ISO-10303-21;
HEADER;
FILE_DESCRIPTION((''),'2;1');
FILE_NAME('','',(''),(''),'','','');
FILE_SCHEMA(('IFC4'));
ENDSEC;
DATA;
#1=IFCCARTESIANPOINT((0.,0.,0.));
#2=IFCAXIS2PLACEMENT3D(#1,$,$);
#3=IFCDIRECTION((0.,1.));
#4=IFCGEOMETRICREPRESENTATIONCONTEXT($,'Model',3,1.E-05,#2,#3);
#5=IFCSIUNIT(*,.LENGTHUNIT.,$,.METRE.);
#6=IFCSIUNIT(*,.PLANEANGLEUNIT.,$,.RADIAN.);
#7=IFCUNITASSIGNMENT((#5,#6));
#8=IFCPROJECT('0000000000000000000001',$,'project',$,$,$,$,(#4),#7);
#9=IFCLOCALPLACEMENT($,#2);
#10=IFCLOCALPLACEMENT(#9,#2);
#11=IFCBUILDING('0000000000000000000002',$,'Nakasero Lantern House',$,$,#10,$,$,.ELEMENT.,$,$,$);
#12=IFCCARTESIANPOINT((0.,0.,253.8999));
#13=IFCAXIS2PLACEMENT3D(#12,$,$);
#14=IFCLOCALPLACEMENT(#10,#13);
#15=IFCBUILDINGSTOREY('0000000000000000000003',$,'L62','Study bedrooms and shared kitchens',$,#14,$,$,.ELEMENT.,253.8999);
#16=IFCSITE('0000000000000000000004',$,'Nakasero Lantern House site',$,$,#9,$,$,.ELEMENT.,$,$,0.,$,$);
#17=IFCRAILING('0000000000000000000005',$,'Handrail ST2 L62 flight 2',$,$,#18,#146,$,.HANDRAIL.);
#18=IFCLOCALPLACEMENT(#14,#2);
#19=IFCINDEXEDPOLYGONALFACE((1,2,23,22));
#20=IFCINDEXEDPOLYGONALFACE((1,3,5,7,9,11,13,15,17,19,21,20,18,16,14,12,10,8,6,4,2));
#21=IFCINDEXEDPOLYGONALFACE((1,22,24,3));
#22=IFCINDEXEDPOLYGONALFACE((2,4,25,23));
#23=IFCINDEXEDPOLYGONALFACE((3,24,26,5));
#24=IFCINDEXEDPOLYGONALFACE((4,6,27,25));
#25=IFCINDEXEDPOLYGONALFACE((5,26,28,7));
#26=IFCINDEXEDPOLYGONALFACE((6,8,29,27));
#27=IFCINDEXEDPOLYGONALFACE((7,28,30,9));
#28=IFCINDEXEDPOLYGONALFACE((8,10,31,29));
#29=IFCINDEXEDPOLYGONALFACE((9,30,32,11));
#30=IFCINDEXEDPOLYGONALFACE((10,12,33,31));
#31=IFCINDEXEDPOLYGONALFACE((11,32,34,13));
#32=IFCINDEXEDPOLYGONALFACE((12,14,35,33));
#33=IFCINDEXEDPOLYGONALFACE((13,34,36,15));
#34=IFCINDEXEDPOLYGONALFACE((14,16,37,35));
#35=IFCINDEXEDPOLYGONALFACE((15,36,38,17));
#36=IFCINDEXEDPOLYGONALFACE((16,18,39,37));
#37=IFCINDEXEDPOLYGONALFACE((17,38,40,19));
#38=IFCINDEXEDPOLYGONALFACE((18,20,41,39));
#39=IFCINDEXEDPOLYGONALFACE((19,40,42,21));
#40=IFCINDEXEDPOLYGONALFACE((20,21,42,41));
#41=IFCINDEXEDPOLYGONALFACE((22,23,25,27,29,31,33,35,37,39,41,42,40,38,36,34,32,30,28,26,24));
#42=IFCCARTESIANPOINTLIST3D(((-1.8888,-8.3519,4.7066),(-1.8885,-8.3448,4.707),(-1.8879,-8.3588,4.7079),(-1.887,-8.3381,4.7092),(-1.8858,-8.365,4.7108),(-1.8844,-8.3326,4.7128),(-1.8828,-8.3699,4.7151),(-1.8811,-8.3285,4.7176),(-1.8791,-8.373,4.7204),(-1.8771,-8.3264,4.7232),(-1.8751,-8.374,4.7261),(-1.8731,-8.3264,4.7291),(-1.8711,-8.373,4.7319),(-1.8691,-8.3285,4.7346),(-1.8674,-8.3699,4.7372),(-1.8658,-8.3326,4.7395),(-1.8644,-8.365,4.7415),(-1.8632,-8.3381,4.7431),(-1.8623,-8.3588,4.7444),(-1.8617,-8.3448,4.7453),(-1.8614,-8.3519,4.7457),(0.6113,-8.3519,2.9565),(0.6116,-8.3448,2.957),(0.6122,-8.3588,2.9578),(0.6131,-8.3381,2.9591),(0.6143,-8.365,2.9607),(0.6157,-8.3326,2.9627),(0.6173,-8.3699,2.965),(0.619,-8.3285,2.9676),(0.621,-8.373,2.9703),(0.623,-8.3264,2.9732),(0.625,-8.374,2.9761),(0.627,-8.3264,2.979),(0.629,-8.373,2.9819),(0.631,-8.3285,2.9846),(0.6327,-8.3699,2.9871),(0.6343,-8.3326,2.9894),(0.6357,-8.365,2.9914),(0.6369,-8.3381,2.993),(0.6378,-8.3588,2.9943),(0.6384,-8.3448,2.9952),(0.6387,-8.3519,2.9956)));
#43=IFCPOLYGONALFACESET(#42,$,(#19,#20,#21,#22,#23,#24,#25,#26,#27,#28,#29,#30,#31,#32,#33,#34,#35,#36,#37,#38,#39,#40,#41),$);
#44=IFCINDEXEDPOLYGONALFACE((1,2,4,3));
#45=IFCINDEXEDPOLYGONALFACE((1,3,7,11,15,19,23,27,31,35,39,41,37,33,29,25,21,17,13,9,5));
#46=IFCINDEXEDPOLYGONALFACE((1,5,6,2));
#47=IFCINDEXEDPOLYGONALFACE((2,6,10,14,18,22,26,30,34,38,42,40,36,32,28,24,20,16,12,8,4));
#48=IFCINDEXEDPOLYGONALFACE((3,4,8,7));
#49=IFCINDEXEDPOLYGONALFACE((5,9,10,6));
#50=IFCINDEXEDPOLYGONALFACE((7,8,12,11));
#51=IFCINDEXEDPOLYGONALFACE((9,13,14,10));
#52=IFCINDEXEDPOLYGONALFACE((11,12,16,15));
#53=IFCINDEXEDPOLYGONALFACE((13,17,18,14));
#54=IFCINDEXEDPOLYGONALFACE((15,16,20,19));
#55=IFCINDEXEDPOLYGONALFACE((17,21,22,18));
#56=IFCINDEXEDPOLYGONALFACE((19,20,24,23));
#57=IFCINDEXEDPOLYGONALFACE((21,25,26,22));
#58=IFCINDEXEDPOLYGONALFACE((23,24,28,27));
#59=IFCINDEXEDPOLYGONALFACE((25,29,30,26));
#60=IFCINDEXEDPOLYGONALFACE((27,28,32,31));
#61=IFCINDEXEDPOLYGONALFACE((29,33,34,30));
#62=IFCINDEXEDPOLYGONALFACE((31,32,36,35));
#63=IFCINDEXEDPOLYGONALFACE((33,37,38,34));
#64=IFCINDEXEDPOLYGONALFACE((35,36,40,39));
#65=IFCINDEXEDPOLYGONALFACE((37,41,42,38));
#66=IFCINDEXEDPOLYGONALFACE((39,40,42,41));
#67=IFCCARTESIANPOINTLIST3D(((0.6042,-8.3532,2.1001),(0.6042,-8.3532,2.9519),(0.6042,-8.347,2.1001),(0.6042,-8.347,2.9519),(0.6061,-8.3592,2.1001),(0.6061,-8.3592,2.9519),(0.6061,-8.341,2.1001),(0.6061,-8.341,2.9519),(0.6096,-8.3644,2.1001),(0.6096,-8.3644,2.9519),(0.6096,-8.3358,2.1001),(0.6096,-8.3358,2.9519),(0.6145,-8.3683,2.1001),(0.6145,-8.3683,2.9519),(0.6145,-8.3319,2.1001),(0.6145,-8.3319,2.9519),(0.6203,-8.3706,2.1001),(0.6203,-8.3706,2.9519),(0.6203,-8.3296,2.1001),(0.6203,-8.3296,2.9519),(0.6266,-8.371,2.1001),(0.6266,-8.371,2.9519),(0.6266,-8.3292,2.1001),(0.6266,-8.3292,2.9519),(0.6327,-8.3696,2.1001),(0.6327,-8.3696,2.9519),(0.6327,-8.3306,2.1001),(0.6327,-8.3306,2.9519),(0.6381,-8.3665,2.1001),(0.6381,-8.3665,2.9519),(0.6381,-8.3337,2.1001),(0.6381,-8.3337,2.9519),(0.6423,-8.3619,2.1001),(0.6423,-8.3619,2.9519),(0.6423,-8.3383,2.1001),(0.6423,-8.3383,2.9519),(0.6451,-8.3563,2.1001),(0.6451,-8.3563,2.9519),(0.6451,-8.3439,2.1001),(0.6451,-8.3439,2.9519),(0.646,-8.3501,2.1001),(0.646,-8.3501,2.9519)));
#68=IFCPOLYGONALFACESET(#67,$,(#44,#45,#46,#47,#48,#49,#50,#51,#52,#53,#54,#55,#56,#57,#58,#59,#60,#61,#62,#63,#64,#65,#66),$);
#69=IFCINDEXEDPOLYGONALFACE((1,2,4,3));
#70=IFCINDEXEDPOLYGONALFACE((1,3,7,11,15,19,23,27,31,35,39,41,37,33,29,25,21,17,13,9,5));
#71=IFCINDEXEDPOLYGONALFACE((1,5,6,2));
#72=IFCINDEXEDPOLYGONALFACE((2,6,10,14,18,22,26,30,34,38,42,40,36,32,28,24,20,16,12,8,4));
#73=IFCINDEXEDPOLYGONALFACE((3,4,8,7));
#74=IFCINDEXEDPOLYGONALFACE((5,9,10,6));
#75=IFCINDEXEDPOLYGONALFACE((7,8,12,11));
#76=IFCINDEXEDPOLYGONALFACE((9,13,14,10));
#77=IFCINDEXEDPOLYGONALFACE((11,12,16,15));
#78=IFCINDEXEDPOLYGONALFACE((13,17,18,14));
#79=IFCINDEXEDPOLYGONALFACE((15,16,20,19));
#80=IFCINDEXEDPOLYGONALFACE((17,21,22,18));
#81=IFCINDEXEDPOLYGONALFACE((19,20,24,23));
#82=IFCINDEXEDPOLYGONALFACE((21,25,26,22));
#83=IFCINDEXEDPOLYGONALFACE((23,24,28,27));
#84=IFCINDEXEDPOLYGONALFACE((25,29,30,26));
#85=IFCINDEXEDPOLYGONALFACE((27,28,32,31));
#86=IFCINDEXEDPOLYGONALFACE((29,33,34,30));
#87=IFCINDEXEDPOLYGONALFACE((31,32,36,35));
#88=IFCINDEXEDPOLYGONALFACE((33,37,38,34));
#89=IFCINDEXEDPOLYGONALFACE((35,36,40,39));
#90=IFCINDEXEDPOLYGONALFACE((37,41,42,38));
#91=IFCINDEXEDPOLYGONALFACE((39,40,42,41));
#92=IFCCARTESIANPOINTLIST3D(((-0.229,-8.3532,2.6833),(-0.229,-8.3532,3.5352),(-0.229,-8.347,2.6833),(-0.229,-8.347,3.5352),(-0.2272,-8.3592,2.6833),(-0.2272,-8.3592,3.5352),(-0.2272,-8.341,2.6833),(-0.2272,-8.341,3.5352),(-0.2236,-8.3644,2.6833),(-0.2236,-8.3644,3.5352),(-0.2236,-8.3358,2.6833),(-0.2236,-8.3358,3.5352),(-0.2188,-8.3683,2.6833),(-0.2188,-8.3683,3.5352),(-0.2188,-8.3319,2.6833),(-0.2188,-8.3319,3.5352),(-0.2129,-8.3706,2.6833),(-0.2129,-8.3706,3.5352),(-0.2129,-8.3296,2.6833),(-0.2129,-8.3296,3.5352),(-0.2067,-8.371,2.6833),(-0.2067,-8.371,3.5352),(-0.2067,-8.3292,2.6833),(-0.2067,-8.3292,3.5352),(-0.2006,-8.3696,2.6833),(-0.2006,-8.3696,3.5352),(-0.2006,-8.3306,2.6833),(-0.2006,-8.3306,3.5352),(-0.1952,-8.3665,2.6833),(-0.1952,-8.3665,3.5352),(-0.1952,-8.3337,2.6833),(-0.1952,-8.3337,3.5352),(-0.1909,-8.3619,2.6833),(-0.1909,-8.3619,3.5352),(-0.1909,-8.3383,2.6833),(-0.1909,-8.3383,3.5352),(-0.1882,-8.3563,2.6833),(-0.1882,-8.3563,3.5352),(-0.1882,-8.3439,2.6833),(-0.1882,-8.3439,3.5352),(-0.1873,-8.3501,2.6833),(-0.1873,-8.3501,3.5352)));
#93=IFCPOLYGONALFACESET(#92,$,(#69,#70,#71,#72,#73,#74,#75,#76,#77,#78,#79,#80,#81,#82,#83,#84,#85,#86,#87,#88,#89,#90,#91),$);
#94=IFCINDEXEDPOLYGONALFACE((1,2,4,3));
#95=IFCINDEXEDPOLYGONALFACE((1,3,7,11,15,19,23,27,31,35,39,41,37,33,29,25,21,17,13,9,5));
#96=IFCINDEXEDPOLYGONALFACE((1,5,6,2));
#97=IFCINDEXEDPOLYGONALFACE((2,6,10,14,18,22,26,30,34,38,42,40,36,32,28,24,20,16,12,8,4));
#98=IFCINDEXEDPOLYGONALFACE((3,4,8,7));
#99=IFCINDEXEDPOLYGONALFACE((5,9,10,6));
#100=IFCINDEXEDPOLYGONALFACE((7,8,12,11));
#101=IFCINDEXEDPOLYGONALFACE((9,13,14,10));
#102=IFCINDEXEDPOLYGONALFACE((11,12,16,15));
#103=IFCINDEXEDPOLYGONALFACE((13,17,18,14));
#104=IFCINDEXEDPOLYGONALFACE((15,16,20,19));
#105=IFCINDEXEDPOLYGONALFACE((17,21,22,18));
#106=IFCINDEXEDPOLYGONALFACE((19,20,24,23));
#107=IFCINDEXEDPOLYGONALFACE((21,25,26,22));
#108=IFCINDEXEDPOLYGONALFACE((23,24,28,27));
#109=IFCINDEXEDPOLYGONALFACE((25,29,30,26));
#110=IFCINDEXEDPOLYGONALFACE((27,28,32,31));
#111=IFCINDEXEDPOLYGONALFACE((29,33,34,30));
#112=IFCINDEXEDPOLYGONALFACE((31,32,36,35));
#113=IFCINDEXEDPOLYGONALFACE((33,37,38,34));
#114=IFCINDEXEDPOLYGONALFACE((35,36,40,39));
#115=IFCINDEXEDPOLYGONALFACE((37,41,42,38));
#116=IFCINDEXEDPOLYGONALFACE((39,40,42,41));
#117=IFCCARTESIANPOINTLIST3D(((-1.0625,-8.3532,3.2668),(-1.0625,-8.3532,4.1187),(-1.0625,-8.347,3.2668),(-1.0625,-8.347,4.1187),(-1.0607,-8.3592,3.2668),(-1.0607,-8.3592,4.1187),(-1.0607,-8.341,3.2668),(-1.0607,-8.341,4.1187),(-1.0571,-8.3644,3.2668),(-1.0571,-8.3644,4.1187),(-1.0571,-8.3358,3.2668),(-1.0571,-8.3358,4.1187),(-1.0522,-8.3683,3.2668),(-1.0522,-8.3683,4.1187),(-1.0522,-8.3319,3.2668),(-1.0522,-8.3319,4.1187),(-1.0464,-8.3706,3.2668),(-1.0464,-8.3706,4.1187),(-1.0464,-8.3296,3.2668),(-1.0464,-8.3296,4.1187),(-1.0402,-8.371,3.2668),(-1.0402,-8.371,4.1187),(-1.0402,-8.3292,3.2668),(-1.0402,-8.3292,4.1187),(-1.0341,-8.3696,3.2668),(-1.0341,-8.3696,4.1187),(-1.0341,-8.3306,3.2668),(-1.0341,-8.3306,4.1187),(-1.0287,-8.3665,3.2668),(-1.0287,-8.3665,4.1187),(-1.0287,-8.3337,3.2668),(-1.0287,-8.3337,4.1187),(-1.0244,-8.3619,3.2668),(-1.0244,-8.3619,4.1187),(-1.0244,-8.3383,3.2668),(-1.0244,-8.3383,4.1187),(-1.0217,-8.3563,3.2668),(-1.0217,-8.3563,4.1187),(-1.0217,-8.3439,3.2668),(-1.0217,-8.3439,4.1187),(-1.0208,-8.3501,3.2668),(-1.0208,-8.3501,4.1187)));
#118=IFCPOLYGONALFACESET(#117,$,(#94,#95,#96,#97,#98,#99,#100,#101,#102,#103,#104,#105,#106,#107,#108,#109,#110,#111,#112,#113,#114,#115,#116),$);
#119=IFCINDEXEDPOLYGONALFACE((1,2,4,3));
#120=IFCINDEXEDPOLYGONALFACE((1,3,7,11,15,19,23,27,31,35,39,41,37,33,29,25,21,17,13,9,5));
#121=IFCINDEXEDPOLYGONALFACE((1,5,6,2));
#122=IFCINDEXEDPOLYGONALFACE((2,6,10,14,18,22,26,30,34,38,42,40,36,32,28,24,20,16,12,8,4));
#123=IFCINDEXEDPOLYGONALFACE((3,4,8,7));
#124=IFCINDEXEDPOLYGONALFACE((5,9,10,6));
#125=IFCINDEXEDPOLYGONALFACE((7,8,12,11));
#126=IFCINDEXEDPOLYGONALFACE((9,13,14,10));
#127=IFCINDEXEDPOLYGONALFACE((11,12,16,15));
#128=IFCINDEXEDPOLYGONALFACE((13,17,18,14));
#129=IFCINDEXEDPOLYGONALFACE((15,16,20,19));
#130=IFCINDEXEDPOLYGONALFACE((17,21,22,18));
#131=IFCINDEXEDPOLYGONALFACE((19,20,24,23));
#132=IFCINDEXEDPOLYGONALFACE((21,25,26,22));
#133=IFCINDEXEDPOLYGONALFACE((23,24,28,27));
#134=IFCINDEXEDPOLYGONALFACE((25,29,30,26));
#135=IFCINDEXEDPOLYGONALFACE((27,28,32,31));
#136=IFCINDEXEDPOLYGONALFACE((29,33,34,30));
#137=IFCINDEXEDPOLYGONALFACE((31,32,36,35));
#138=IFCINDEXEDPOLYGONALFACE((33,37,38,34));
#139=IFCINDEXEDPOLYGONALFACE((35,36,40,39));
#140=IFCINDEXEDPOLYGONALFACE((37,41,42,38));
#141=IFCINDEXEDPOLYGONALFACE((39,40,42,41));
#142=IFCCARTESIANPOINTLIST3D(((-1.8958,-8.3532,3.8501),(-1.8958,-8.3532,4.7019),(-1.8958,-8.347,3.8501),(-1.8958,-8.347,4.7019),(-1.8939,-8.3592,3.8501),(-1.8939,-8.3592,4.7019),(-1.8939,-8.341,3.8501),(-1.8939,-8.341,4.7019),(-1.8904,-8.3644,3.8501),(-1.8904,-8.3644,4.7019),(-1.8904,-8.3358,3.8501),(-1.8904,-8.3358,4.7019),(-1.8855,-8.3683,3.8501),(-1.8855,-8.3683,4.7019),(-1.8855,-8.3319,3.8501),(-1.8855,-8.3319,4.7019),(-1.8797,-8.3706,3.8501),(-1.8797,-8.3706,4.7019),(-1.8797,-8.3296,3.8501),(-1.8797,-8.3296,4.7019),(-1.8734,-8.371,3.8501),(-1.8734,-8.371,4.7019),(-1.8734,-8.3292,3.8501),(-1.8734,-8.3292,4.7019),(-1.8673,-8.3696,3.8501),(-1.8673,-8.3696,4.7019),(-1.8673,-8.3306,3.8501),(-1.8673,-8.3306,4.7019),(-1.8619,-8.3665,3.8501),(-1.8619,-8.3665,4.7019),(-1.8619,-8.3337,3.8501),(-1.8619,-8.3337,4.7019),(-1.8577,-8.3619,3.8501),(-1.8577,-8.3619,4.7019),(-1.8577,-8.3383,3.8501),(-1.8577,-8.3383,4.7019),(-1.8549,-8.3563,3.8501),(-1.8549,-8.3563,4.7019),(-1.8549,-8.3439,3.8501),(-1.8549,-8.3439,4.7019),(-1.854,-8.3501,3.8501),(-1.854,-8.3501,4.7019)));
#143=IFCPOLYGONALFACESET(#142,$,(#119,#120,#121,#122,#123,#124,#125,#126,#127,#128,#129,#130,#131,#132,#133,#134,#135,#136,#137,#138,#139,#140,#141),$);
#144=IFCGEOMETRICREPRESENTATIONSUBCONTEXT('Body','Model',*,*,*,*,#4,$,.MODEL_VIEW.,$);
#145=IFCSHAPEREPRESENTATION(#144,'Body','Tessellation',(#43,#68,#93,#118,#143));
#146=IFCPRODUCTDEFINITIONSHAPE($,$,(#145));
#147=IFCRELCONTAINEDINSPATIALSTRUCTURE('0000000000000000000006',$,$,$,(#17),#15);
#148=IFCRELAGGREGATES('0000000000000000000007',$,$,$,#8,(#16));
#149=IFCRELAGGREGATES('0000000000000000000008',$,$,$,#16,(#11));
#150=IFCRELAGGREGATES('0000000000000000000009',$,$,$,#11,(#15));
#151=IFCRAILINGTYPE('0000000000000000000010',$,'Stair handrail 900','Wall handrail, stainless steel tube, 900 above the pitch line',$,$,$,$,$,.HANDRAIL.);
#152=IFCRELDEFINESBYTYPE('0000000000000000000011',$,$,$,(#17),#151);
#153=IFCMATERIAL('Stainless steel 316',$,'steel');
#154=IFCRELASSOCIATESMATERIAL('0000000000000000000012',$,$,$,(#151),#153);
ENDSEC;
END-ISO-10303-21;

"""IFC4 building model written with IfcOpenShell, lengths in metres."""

from ifc_helpers import new_model, si_unit, direction, frame, origin, origin_2d, place, context, subcontext, project, spatial, circle, extrude, material, type_object, element, save


model = new_model("IFC4")

# Units and contexts
model_context = context("Model", 3, precision=1e-05, world=origin(), true_north=direction((0.0, 1.0)))
body_context = subcontext(model_context, "Body", "Model", "MODEL_VIEW")
ifc_project = project(units=[si_unit("LENGTHUNIT", "METRE"), si_unit("PLANEANGLEUNIT", "RADIAN")], contexts=[model_context])

# Site, building, storey
site_placement = place(None, origin())
site = spatial("IfcSite", under=ifc_project, at=site_placement, Name="Nakasero Lantern House site", CompositionType="ELEMENT", RefElevation=0.0)
building_placement = place(site_placement, origin())
building = spatial("IfcBuilding", under=site, at=building_placement, Name="Nakasero Lantern House", CompositionType="ELEMENT")
storey_placement = place(building_placement, frame((0.0, 0.0, 253.8999)))
storey = spatial("IfcBuildingStorey", under=building, at=storey_placement, Name="L62", Description="Study bedrooms and shared kitchens", CompositionType="ELEMENT", Elevation=253.8999)

# Railing
ifc_material_1 = material(Name="Stainless steel 316", Category="steel")
railing_type = type_object("IfcRailingType", Name="Stair handrail 900", Description="Wall handrail, stainless steel tube, 900 above the pitch line", PredefinedType="HANDRAIL", material=ifc_material_1)
railing_placement = place(storey_placement, frame((0.625, -8.3501, 2.1001)))
element("IfcRailing", 1, at=railing_placement, inside=storey, type_object=railing_type, Name="Handrail ST2 L62 flight 2", PredefinedType="HANDRAIL", context=body_context, shape_type="SweptSolid", body=[
    extrude(circle(Radius=0.0239, at=origin_2d()), frame((0.0, 0.0, 0.876), z_axis=(-0.819232, 0.0, 0.573462), x_axis=(0.0, -1.0, 0.0)), (0.0, 0.0, 1.0), 3.0518),
    extrude(circle(Radius=0.021, at=origin_2d()), origin(), (0.0, 0.0, 1.0), 0.8518),
    extrude(circle(Radius=0.021, at=origin_2d()), frame((-0.8333, 0.0, 0.5833)), (0.0, 0.0, 1.0), 0.8518),
    extrude(circle(Radius=0.021, at=origin_2d()), frame((-1.6667, 0.0, 1.1667)), (0.0, 0.0, 1.0), 0.8518),
    extrude(circle(Radius=0.021, at=origin_2d()), frame((-2.5, 0.0, 1.75)), (0.0, 0.0, 1.0), 0.8518),
])

save(model, "model.ifc")
